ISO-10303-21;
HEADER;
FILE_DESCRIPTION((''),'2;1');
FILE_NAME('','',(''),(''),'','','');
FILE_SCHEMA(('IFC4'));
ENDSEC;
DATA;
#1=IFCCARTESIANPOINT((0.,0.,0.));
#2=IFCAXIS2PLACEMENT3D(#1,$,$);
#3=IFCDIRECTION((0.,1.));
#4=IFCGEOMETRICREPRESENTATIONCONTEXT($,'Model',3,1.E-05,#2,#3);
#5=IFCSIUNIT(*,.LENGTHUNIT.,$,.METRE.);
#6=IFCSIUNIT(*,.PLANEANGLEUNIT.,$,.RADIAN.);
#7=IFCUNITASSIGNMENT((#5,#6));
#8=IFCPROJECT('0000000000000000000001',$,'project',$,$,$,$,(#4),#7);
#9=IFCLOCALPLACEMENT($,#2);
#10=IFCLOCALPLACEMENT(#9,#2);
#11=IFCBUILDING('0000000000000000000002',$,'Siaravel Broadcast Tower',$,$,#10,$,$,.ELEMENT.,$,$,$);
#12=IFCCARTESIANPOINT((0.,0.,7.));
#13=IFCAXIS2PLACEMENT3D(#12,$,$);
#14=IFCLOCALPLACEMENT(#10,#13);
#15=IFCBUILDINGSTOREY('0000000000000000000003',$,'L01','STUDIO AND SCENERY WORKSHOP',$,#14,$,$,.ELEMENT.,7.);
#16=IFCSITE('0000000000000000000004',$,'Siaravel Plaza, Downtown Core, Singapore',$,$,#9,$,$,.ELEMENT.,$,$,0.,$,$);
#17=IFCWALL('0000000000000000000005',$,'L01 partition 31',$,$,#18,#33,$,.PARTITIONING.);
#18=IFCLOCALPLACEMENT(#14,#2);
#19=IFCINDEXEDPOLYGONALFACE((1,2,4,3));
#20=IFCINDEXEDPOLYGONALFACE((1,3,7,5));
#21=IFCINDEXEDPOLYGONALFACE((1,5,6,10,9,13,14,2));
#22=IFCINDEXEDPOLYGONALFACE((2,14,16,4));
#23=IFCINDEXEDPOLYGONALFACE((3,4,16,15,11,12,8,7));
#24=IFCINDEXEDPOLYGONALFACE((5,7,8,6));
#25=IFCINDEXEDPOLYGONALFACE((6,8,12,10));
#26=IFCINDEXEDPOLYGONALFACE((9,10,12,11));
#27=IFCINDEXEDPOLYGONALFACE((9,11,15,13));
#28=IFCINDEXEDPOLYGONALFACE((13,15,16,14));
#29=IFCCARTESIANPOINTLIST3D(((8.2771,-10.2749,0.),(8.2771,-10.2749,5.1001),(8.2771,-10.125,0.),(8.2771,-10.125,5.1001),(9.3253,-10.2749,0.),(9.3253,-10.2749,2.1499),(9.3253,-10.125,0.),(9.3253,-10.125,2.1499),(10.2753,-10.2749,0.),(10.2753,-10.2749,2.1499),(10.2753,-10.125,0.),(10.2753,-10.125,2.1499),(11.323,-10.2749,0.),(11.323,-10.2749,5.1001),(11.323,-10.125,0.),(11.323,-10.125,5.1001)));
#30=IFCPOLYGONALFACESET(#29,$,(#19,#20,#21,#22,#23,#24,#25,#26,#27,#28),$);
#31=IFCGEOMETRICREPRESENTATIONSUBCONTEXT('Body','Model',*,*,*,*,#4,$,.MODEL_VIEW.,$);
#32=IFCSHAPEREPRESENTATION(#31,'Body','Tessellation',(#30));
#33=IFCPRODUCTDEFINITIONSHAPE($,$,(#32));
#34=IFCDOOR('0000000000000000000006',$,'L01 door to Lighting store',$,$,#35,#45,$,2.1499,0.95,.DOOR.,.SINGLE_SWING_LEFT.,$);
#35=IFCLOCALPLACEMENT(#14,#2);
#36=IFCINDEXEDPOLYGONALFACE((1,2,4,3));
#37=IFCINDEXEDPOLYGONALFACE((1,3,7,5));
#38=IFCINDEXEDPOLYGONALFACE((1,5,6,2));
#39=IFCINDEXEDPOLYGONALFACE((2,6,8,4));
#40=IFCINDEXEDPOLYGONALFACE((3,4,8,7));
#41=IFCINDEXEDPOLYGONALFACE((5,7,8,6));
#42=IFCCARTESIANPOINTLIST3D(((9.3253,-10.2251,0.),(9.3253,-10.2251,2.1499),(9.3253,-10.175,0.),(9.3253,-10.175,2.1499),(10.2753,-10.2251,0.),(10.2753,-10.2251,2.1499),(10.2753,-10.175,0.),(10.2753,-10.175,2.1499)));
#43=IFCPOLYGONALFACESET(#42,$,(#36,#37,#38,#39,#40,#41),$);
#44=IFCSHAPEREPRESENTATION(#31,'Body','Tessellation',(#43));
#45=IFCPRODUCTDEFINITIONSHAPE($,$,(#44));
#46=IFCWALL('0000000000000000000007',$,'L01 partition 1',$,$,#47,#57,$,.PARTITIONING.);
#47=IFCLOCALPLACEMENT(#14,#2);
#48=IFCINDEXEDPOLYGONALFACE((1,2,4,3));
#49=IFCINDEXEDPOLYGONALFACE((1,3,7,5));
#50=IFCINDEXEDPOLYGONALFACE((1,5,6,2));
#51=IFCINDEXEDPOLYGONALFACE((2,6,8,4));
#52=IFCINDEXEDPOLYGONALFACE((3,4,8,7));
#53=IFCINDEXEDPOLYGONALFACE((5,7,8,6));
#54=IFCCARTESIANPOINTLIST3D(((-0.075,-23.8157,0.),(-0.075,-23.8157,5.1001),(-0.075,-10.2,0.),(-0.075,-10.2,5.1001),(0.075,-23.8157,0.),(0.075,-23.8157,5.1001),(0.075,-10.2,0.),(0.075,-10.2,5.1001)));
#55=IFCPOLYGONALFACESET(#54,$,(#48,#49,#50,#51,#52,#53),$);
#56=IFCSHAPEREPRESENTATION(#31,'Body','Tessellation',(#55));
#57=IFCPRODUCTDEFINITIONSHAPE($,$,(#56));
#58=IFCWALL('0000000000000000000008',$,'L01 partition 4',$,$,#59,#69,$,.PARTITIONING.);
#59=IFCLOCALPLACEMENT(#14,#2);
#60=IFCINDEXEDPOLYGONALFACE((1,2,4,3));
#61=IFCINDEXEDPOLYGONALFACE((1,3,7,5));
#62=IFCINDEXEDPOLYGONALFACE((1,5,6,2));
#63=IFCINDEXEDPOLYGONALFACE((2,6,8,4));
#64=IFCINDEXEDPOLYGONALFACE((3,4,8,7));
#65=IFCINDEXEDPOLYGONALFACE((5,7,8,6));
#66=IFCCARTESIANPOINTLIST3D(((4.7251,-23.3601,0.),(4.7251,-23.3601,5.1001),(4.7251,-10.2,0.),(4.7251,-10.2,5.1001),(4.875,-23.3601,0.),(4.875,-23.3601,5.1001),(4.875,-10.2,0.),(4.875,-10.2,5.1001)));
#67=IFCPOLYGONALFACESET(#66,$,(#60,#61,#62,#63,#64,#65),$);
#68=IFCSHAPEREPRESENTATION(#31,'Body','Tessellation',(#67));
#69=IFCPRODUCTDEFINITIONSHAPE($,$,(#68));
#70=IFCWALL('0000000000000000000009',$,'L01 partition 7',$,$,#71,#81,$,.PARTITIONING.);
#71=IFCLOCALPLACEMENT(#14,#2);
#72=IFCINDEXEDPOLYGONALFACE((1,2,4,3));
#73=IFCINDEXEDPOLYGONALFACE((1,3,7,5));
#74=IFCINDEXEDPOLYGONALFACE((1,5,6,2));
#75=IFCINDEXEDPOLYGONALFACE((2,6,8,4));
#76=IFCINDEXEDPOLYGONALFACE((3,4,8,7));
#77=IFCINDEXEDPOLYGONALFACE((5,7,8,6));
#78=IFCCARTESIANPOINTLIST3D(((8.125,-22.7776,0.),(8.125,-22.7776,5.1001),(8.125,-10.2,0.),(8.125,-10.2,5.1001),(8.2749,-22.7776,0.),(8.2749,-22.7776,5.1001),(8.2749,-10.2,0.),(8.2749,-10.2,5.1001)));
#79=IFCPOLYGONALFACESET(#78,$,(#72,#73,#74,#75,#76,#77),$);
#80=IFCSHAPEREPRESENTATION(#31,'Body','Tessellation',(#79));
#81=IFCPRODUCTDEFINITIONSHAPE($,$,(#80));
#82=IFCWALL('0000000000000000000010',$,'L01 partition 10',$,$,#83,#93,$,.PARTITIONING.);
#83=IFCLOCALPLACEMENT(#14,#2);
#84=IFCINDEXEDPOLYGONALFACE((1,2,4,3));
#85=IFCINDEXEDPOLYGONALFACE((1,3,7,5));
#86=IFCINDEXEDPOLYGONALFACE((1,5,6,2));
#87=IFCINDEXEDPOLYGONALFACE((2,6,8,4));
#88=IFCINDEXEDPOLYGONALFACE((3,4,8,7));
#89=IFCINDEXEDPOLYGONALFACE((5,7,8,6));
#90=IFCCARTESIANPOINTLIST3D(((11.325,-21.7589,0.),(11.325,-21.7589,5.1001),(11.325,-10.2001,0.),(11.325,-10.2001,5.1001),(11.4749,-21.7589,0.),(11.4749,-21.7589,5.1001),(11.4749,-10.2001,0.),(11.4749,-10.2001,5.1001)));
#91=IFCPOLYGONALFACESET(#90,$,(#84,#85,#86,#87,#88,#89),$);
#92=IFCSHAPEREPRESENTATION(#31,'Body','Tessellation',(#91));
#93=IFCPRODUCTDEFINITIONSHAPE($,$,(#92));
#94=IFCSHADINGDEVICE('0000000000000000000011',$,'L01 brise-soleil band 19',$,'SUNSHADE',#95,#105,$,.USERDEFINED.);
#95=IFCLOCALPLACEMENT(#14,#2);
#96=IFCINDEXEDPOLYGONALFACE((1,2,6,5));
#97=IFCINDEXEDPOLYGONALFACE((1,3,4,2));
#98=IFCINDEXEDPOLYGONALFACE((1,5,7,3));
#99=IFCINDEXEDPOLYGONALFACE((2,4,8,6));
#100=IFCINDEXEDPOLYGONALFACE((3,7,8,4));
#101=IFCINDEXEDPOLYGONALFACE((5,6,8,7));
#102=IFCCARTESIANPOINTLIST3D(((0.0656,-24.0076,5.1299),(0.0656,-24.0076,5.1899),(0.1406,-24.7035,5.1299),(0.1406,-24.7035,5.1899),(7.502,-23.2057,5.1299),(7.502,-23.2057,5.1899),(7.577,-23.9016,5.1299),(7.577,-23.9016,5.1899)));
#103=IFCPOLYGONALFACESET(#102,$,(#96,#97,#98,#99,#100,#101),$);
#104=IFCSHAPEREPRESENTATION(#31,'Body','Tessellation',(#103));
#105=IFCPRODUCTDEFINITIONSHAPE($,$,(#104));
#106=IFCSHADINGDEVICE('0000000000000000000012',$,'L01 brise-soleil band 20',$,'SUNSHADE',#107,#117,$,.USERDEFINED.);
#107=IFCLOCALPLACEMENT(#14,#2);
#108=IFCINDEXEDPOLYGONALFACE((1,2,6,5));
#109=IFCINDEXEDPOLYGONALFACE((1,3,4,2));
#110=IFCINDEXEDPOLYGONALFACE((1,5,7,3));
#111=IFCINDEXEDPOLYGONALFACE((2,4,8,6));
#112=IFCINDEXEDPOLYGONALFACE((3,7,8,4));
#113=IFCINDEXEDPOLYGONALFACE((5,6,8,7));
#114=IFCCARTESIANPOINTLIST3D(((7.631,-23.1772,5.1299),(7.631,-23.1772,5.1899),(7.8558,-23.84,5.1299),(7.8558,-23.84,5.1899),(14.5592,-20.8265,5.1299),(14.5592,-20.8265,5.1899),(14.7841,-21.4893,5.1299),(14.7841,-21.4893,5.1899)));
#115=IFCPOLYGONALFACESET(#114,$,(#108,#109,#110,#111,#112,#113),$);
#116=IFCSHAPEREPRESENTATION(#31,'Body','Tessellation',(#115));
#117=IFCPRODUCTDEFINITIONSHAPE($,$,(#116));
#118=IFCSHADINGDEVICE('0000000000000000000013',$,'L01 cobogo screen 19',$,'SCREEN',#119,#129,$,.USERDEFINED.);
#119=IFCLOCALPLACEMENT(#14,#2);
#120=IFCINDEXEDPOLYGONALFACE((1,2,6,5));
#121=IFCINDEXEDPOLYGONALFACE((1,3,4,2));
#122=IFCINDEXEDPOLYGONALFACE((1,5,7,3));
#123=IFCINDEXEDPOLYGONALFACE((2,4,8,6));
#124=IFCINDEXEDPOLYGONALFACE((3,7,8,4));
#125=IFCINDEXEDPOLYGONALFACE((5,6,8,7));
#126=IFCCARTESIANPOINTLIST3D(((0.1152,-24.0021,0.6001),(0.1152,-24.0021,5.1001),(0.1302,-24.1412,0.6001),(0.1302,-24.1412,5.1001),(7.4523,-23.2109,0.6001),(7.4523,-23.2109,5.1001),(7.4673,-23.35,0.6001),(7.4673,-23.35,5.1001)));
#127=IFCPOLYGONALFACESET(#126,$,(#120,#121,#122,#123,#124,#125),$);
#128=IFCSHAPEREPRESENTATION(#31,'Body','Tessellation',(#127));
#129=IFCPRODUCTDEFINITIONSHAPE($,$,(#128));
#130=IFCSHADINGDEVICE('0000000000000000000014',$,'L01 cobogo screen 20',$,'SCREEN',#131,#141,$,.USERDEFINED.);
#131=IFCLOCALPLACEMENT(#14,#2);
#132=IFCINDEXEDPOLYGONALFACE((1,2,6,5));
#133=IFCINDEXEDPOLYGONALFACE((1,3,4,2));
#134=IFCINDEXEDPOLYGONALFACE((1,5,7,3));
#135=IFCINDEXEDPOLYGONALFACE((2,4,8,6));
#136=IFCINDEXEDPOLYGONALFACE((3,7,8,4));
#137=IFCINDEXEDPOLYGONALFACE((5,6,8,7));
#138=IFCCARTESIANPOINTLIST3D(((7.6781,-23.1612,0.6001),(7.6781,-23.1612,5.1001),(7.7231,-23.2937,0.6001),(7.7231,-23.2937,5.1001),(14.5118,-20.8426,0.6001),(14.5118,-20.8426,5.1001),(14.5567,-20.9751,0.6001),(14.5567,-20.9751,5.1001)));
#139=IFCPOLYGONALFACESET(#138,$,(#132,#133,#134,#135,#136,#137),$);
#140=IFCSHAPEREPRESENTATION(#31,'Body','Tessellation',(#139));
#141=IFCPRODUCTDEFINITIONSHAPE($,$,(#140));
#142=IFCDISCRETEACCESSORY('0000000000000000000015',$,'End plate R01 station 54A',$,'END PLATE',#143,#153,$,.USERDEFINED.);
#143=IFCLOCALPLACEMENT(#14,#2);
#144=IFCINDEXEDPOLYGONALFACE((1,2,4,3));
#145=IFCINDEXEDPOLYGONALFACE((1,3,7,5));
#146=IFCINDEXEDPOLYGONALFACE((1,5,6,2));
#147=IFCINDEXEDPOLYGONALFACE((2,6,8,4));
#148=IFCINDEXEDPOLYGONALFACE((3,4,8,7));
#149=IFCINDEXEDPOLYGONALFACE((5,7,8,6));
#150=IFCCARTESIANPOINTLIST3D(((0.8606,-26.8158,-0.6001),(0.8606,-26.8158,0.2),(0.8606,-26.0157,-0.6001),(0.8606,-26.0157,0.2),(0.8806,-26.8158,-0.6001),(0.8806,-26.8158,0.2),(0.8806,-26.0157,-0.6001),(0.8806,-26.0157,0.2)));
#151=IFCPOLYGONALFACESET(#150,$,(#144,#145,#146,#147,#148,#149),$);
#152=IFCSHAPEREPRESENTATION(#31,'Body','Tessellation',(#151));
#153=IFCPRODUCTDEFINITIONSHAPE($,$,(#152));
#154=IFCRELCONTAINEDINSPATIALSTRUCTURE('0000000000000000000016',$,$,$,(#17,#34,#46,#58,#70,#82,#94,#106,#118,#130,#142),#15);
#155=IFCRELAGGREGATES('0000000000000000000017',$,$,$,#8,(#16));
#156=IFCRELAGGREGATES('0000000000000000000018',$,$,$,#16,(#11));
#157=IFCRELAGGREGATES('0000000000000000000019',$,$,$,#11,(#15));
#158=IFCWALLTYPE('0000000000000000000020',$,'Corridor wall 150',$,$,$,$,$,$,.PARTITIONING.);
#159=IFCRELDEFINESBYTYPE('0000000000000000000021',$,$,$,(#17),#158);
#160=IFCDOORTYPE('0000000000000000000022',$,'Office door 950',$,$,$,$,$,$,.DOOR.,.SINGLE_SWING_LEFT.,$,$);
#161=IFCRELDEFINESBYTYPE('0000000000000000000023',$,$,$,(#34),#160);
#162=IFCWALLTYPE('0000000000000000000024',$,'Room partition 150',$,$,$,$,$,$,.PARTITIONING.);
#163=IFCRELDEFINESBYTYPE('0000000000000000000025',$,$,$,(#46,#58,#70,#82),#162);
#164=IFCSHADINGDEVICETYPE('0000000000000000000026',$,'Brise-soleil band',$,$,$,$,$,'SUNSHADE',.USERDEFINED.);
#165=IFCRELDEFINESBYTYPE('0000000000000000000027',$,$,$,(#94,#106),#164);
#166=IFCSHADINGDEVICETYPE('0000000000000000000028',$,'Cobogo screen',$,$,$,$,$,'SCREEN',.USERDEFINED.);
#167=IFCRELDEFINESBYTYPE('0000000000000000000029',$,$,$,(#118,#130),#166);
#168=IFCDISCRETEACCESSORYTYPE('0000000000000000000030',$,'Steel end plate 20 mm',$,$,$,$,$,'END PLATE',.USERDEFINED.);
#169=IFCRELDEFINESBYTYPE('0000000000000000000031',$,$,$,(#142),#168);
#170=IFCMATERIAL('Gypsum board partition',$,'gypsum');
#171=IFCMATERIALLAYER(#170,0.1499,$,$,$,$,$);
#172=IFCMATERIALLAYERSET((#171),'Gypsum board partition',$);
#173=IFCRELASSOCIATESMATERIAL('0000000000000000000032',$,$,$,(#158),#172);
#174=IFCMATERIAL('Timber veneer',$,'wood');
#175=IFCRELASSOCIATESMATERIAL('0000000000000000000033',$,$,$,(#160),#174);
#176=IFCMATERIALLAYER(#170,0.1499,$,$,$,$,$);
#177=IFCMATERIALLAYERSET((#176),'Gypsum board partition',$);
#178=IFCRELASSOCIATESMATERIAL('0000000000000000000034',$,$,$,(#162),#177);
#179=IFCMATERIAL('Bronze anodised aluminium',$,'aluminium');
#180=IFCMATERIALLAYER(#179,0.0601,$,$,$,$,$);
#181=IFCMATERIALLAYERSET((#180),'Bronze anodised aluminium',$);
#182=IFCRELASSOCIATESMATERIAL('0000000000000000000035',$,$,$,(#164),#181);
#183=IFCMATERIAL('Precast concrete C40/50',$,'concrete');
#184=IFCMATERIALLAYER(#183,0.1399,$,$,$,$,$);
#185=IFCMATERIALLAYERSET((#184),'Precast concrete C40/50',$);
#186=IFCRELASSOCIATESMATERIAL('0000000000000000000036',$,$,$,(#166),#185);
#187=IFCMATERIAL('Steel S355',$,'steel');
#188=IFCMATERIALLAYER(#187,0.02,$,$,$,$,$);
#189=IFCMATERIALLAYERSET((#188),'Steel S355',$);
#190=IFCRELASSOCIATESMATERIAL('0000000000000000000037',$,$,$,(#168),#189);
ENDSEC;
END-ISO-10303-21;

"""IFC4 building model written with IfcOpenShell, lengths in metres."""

from ifc_helpers import new_model, si_unit, direction, frame, frame_2d, origin, origin_2d, place, context, subcontext, project, spatial, rectangle, extrude, material, layer, layer_set, type_object, element, fill, save


model = new_model("IFC4")

# Units and contexts
model_context = context("Model", 3, precision=1e-05, world=origin(), true_north=direction((0.0, 1.0)))
body_context = subcontext(model_context, "Body", "Model", "MODEL_VIEW")
ifc_project = project(units=[si_unit("LENGTHUNIT", "METRE"), si_unit("PLANEANGLEUNIT", "RADIAN")], contexts=[model_context])

# Site, building, storey
site_placement = place(None, origin())
site = spatial("IfcSite", under=ifc_project, at=site_placement, Name="Siaravel Plaza, Downtown Core, Singapore", CompositionType="ELEMENT", RefElevation=0.0)
building_placement = place(site_placement, origin())
building = spatial("IfcBuilding", under=site, at=building_placement, Name="Siaravel Broadcast Tower", CompositionType="ELEMENT")
storey_placement = place(building_placement, frame((0.0, 0.0, 7.0)))
storey = spatial("IfcBuildingStorey", under=building, at=storey_placement, Name="L01", Description="STUDIO AND SCENERY WORKSHOP", CompositionType="ELEMENT", Elevation=7.0)

# Shared definitions
ifc_material_1 = material(Name="Steel S355", Category="steel")

# Wall, opening, door
ifc_material_2 = material(Name="Gypsum board partition", Category="gypsum")
ifc_layer_1 = layer(ifc_material_2, 0.1499)
ifc_layer_set_1 = layer_set([ifc_layer_1], Name="Gypsum board partition")
wall_type_1 = type_object("IfcWallType", Name="Corridor wall 150", PredefinedType="PARTITIONING", material=ifc_layer_set_1)
ifc_material_3 = material(Name="Timber veneer", Category="wood")
door_type = type_object("IfcDoorType", Name="Office door 950", OperationType="SINGLE_SWING_LEFT", PredefinedType="DOOR", material=ifc_material_3)
wall_1_placement = place(storey_placement, frame((8.2771, -10.2, 0.0), z_axis=(0.0, 0.0, 1.0), x_axis=(1.0, 0.0, 0.0)))
wall_1 = element("IfcWall", 1, at=wall_1_placement, inside=storey, type_object=wall_type_1, Name="L01 partition 31", PredefinedType="PARTITIONING", context=body_context, shape_type="SweptSolid", body=[
    extrude(rectangle(XDim=3.0459, YDim=0.1499, at=frame_2d((1.5229, 0.0))), origin(), (0.0, 0.0, 1.0), 5.1001),
])
opening_1_placement = place(wall_1_placement, frame((1.0481, 0.0, 0.0)))
opening_1 = element("IfcOpeningElement", 2, at=opening_1_placement, cuts=wall_1, PredefinedType="OPENING", context=body_context, shape_type="SweptSolid", body=[
    extrude(rectangle(XDim=0.95, YDim=2.1499, at=frame_2d((0.4751, 1.075))), frame((0.0, 0.085, 0.0), z_axis=(0.0, -1.0, 0.0), x_axis=(1.0, 0.0, 0.0)), (0.0, 0.0, 1.0), 0.1699),
])
door_1_placement = place(opening_1_placement, origin())
door_1 = element("IfcDoor", 3, at=door_1_placement, inside=storey, type_object=door_type, Name="L01 door to Lighting store", OperationType="SINGLE_SWING_LEFT", OverallHeight=2.1499, OverallWidth=0.95, PredefinedType="DOOR", context=body_context, shape_type="SweptSolid", body=[
    extrude(rectangle(XDim=0.95, YDim=2.1499, at=frame_2d((0.4751, 1.075))), frame((0.0, 0.0249, 0.0), z_axis=(0.0, -1.0, 0.0), x_axis=(1.0, 0.0, 0.0)), (0.0, 0.0, 1.0), 0.05),
])
fill(opening_1, door_1)

# Walls
ifc_layer_2 = layer(ifc_material_2, 0.1499)
ifc_layer_set_2 = layer_set([ifc_layer_2], Name="Gypsum board partition")
wall_type_2 = type_object("IfcWallType", Name="Room partition 150", PredefinedType="PARTITIONING", material=ifc_layer_set_2)
wall_2_placement = place(storey_placement, frame((0.0, -23.8157, 0.0), z_axis=(0.0, 0.0, 1.0), x_axis=(0.0, 1.0, 0.0)))
element("IfcWall", 4, at=wall_2_placement, inside=storey, type_object=wall_type_2, Name="L01 partition 1", PredefinedType="PARTITIONING", context=body_context, shape_type="SweptSolid", body=[
    extrude(rectangle(XDim=13.6157, YDim=0.1499, at=frame_2d((6.8079, 0.0))), origin(), (0.0, 0.0, 1.0), 5.1001),
])
wall_3_placement = place(storey_placement, frame((4.8, -23.3601, 0.0), z_axis=(0.0, 0.0, 1.0), x_axis=(0.0, 1.0, 0.0)))
element("IfcWall", 5, at=wall_3_placement, inside=storey, type_object=wall_type_2, Name="L01 partition 4", PredefinedType="PARTITIONING", context=body_context, shape_type="SweptSolid", body=[
    extrude(rectangle(XDim=13.1602, YDim=0.1499, at=frame_2d((6.5801, 0.0))), origin(), (0.0, 0.0, 1.0), 5.1001),
])
wall_4_placement = place(storey_placement, frame((8.2, -22.7776, 0.0), z_axis=(0.0, 0.0, 1.0), x_axis=(0.0, 1.0, 0.0)))
element("IfcWall", 6, at=wall_4_placement, inside=storey, type_object=wall_type_2, Name="L01 partition 7", PredefinedType="PARTITIONING", context=body_context, shape_type="SweptSolid", body=[
    extrude(rectangle(XDim=12.5776, YDim=0.1499, at=frame_2d((6.2888, 0.0))), origin(), (0.0, 0.0, 1.0), 5.1001),
])
wall_5_placement = place(storey_placement, frame((11.3999, -21.7588, 0.0), z_axis=(0.0, 0.0, 1.0), x_axis=(0.0, 1.0, 0.0)))
element("IfcWall", 7, at=wall_5_placement, inside=storey, type_object=wall_type_2, Name="L01 partition 10", PredefinedType="PARTITIONING", context=body_context, shape_type="SweptSolid", body=[
    extrude(rectangle(XDim=11.5588, YDim=0.1499, at=frame_2d((5.7793, 0.0))), origin(), (0.0, 0.0, 1.0), 5.1001),
])

# Shading devices
ifc_material_4 = material(Name="Bronze anodised aluminium", Category="aluminium")
ifc_layer_3 = layer(ifc_material_4, 0.0601)
ifc_layer_set_3 = layer_set([ifc_layer_3], Name="Bronze anodised aluminium")
shading_device_type_1 = type_object("IfcShadingDeviceType", Name="Brise-soleil band", ElementType="SUNSHADE", PredefinedType="USERDEFINED", material=ifc_layer_set_3)
shading_device_1_placement = place(storey_placement, frame((3.8213, -23.9546, 5.1299), z_axis=(0.0, 0.0, 1.0), x_axis=(0.994236, 0.107217, 0.0)))
element("IfcShadingDevice", 8, at=shading_device_1_placement, inside=storey, type_object=shading_device_type_1, Name="L01 brise-soleil band 19", ObjectType="SUNSHADE", PredefinedType="USERDEFINED", context=body_context, shape_type="SweptSolid", body=[
    extrude(rectangle(XDim=7.4795, YDim=0.7, at=origin_2d()), origin(), (0.0, 0.0, 1.0), 0.0601),
])
shading_device_2_placement = place(storey_placement, frame((11.2075, -22.3333, 5.1299), z_axis=(0.0, 0.0, 1.0), x_axis=(0.946977, 0.321301, 0.0)))
element("IfcShadingDevice", 9, at=shading_device_2_placement, inside=storey, type_object=shading_device_type_1, Name="L01 brise-soleil band 20", ObjectType="SUNSHADE", PredefinedType="USERDEFINED", context=body_context, shape_type="SweptSolid", body=[
    extrude(rectangle(XDim=7.3162, YDim=0.7, at=origin_2d()), origin(), (0.0, 0.0, 1.0), 0.0601),
])
ifc_material_5 = material(Name="Precast concrete C40/50", Category="concrete")
ifc_layer_4 = layer(ifc_material_5, 0.1399)
ifc_layer_set_4 = layer_set([ifc_layer_4], Name="Precast concrete C40/50")
shading_device_type_2 = type_object("IfcShadingDeviceType", Name="Cobogo screen", ElementType="SCREEN", PredefinedType="USERDEFINED", material=ifc_layer_set_4)
shading_device_3_placement = place(storey_placement, frame((3.7913, -23.676, 0.6001), z_axis=(0.0, 0.0, 1.0), x_axis=(0.994236, 0.107217, 0.0)))
element("IfcShadingDevice", 10, at=shading_device_3_placement, inside=storey, type_object=shading_device_type_2, Name="L01 cobogo screen 19", ObjectType="SCREEN", PredefinedType="USERDEFINED", context=body_context, shape_type="SweptSolid", body=[
    extrude(rectangle(XDim=7.3796, YDim=0.1399, at=origin_2d()), origin(), (0.0, 0.0, 1.0), 4.5),
])
shading_device_4_placement = place(storey_placement, frame((11.1174, -22.0681, 0.6001), z_axis=(0.0, 0.0, 1.0), x_axis=(0.946977, 0.321301, 0.0)))
element("IfcShadingDevice", 11, at=shading_device_4_placement, inside=storey, type_object=shading_device_type_2, Name="L01 cobogo screen 20", ObjectType="SCREEN", PredefinedType="USERDEFINED", context=body_context, shape_type="SweptSolid", body=[
    extrude(rectangle(XDim=7.2163, YDim=0.1399, at=origin_2d()), origin(), (0.0, 0.0, 1.0), 4.5),
])

# Discrete accessory
ifc_layer_5 = layer(ifc_material_1, 0.02)
ifc_layer_set_5 = layer_set([ifc_layer_5], Name="Steel S355")
discrete_accessory_type = type_object("IfcDiscreteAccessoryType", Name="Steel end plate 20 mm", ElementType="END PLATE", PredefinedType="USERDEFINED", material=ifc_layer_set_5)
discrete_accessory_placement = place(storey_placement, frame((0.8706, -26.4158, -0.6001), z_axis=(0.0, 0.0, 1.0), x_axis=(1.0, 0.0, 0.0)))
element("IfcDiscreteAccessory", 12, at=discrete_accessory_placement, inside=storey, type_object=discrete_accessory_type, Name="End plate R01 station 54A", ObjectType="END PLATE", PredefinedType="USERDEFINED", context=body_context, shape_type="SweptSolid", body=[
    extrude(rectangle(XDim=0.02, YDim=0.8, at=origin_2d()), origin(), (0.0, 0.0, 1.0), 0.8),
])

save(model, "model.ifc")
